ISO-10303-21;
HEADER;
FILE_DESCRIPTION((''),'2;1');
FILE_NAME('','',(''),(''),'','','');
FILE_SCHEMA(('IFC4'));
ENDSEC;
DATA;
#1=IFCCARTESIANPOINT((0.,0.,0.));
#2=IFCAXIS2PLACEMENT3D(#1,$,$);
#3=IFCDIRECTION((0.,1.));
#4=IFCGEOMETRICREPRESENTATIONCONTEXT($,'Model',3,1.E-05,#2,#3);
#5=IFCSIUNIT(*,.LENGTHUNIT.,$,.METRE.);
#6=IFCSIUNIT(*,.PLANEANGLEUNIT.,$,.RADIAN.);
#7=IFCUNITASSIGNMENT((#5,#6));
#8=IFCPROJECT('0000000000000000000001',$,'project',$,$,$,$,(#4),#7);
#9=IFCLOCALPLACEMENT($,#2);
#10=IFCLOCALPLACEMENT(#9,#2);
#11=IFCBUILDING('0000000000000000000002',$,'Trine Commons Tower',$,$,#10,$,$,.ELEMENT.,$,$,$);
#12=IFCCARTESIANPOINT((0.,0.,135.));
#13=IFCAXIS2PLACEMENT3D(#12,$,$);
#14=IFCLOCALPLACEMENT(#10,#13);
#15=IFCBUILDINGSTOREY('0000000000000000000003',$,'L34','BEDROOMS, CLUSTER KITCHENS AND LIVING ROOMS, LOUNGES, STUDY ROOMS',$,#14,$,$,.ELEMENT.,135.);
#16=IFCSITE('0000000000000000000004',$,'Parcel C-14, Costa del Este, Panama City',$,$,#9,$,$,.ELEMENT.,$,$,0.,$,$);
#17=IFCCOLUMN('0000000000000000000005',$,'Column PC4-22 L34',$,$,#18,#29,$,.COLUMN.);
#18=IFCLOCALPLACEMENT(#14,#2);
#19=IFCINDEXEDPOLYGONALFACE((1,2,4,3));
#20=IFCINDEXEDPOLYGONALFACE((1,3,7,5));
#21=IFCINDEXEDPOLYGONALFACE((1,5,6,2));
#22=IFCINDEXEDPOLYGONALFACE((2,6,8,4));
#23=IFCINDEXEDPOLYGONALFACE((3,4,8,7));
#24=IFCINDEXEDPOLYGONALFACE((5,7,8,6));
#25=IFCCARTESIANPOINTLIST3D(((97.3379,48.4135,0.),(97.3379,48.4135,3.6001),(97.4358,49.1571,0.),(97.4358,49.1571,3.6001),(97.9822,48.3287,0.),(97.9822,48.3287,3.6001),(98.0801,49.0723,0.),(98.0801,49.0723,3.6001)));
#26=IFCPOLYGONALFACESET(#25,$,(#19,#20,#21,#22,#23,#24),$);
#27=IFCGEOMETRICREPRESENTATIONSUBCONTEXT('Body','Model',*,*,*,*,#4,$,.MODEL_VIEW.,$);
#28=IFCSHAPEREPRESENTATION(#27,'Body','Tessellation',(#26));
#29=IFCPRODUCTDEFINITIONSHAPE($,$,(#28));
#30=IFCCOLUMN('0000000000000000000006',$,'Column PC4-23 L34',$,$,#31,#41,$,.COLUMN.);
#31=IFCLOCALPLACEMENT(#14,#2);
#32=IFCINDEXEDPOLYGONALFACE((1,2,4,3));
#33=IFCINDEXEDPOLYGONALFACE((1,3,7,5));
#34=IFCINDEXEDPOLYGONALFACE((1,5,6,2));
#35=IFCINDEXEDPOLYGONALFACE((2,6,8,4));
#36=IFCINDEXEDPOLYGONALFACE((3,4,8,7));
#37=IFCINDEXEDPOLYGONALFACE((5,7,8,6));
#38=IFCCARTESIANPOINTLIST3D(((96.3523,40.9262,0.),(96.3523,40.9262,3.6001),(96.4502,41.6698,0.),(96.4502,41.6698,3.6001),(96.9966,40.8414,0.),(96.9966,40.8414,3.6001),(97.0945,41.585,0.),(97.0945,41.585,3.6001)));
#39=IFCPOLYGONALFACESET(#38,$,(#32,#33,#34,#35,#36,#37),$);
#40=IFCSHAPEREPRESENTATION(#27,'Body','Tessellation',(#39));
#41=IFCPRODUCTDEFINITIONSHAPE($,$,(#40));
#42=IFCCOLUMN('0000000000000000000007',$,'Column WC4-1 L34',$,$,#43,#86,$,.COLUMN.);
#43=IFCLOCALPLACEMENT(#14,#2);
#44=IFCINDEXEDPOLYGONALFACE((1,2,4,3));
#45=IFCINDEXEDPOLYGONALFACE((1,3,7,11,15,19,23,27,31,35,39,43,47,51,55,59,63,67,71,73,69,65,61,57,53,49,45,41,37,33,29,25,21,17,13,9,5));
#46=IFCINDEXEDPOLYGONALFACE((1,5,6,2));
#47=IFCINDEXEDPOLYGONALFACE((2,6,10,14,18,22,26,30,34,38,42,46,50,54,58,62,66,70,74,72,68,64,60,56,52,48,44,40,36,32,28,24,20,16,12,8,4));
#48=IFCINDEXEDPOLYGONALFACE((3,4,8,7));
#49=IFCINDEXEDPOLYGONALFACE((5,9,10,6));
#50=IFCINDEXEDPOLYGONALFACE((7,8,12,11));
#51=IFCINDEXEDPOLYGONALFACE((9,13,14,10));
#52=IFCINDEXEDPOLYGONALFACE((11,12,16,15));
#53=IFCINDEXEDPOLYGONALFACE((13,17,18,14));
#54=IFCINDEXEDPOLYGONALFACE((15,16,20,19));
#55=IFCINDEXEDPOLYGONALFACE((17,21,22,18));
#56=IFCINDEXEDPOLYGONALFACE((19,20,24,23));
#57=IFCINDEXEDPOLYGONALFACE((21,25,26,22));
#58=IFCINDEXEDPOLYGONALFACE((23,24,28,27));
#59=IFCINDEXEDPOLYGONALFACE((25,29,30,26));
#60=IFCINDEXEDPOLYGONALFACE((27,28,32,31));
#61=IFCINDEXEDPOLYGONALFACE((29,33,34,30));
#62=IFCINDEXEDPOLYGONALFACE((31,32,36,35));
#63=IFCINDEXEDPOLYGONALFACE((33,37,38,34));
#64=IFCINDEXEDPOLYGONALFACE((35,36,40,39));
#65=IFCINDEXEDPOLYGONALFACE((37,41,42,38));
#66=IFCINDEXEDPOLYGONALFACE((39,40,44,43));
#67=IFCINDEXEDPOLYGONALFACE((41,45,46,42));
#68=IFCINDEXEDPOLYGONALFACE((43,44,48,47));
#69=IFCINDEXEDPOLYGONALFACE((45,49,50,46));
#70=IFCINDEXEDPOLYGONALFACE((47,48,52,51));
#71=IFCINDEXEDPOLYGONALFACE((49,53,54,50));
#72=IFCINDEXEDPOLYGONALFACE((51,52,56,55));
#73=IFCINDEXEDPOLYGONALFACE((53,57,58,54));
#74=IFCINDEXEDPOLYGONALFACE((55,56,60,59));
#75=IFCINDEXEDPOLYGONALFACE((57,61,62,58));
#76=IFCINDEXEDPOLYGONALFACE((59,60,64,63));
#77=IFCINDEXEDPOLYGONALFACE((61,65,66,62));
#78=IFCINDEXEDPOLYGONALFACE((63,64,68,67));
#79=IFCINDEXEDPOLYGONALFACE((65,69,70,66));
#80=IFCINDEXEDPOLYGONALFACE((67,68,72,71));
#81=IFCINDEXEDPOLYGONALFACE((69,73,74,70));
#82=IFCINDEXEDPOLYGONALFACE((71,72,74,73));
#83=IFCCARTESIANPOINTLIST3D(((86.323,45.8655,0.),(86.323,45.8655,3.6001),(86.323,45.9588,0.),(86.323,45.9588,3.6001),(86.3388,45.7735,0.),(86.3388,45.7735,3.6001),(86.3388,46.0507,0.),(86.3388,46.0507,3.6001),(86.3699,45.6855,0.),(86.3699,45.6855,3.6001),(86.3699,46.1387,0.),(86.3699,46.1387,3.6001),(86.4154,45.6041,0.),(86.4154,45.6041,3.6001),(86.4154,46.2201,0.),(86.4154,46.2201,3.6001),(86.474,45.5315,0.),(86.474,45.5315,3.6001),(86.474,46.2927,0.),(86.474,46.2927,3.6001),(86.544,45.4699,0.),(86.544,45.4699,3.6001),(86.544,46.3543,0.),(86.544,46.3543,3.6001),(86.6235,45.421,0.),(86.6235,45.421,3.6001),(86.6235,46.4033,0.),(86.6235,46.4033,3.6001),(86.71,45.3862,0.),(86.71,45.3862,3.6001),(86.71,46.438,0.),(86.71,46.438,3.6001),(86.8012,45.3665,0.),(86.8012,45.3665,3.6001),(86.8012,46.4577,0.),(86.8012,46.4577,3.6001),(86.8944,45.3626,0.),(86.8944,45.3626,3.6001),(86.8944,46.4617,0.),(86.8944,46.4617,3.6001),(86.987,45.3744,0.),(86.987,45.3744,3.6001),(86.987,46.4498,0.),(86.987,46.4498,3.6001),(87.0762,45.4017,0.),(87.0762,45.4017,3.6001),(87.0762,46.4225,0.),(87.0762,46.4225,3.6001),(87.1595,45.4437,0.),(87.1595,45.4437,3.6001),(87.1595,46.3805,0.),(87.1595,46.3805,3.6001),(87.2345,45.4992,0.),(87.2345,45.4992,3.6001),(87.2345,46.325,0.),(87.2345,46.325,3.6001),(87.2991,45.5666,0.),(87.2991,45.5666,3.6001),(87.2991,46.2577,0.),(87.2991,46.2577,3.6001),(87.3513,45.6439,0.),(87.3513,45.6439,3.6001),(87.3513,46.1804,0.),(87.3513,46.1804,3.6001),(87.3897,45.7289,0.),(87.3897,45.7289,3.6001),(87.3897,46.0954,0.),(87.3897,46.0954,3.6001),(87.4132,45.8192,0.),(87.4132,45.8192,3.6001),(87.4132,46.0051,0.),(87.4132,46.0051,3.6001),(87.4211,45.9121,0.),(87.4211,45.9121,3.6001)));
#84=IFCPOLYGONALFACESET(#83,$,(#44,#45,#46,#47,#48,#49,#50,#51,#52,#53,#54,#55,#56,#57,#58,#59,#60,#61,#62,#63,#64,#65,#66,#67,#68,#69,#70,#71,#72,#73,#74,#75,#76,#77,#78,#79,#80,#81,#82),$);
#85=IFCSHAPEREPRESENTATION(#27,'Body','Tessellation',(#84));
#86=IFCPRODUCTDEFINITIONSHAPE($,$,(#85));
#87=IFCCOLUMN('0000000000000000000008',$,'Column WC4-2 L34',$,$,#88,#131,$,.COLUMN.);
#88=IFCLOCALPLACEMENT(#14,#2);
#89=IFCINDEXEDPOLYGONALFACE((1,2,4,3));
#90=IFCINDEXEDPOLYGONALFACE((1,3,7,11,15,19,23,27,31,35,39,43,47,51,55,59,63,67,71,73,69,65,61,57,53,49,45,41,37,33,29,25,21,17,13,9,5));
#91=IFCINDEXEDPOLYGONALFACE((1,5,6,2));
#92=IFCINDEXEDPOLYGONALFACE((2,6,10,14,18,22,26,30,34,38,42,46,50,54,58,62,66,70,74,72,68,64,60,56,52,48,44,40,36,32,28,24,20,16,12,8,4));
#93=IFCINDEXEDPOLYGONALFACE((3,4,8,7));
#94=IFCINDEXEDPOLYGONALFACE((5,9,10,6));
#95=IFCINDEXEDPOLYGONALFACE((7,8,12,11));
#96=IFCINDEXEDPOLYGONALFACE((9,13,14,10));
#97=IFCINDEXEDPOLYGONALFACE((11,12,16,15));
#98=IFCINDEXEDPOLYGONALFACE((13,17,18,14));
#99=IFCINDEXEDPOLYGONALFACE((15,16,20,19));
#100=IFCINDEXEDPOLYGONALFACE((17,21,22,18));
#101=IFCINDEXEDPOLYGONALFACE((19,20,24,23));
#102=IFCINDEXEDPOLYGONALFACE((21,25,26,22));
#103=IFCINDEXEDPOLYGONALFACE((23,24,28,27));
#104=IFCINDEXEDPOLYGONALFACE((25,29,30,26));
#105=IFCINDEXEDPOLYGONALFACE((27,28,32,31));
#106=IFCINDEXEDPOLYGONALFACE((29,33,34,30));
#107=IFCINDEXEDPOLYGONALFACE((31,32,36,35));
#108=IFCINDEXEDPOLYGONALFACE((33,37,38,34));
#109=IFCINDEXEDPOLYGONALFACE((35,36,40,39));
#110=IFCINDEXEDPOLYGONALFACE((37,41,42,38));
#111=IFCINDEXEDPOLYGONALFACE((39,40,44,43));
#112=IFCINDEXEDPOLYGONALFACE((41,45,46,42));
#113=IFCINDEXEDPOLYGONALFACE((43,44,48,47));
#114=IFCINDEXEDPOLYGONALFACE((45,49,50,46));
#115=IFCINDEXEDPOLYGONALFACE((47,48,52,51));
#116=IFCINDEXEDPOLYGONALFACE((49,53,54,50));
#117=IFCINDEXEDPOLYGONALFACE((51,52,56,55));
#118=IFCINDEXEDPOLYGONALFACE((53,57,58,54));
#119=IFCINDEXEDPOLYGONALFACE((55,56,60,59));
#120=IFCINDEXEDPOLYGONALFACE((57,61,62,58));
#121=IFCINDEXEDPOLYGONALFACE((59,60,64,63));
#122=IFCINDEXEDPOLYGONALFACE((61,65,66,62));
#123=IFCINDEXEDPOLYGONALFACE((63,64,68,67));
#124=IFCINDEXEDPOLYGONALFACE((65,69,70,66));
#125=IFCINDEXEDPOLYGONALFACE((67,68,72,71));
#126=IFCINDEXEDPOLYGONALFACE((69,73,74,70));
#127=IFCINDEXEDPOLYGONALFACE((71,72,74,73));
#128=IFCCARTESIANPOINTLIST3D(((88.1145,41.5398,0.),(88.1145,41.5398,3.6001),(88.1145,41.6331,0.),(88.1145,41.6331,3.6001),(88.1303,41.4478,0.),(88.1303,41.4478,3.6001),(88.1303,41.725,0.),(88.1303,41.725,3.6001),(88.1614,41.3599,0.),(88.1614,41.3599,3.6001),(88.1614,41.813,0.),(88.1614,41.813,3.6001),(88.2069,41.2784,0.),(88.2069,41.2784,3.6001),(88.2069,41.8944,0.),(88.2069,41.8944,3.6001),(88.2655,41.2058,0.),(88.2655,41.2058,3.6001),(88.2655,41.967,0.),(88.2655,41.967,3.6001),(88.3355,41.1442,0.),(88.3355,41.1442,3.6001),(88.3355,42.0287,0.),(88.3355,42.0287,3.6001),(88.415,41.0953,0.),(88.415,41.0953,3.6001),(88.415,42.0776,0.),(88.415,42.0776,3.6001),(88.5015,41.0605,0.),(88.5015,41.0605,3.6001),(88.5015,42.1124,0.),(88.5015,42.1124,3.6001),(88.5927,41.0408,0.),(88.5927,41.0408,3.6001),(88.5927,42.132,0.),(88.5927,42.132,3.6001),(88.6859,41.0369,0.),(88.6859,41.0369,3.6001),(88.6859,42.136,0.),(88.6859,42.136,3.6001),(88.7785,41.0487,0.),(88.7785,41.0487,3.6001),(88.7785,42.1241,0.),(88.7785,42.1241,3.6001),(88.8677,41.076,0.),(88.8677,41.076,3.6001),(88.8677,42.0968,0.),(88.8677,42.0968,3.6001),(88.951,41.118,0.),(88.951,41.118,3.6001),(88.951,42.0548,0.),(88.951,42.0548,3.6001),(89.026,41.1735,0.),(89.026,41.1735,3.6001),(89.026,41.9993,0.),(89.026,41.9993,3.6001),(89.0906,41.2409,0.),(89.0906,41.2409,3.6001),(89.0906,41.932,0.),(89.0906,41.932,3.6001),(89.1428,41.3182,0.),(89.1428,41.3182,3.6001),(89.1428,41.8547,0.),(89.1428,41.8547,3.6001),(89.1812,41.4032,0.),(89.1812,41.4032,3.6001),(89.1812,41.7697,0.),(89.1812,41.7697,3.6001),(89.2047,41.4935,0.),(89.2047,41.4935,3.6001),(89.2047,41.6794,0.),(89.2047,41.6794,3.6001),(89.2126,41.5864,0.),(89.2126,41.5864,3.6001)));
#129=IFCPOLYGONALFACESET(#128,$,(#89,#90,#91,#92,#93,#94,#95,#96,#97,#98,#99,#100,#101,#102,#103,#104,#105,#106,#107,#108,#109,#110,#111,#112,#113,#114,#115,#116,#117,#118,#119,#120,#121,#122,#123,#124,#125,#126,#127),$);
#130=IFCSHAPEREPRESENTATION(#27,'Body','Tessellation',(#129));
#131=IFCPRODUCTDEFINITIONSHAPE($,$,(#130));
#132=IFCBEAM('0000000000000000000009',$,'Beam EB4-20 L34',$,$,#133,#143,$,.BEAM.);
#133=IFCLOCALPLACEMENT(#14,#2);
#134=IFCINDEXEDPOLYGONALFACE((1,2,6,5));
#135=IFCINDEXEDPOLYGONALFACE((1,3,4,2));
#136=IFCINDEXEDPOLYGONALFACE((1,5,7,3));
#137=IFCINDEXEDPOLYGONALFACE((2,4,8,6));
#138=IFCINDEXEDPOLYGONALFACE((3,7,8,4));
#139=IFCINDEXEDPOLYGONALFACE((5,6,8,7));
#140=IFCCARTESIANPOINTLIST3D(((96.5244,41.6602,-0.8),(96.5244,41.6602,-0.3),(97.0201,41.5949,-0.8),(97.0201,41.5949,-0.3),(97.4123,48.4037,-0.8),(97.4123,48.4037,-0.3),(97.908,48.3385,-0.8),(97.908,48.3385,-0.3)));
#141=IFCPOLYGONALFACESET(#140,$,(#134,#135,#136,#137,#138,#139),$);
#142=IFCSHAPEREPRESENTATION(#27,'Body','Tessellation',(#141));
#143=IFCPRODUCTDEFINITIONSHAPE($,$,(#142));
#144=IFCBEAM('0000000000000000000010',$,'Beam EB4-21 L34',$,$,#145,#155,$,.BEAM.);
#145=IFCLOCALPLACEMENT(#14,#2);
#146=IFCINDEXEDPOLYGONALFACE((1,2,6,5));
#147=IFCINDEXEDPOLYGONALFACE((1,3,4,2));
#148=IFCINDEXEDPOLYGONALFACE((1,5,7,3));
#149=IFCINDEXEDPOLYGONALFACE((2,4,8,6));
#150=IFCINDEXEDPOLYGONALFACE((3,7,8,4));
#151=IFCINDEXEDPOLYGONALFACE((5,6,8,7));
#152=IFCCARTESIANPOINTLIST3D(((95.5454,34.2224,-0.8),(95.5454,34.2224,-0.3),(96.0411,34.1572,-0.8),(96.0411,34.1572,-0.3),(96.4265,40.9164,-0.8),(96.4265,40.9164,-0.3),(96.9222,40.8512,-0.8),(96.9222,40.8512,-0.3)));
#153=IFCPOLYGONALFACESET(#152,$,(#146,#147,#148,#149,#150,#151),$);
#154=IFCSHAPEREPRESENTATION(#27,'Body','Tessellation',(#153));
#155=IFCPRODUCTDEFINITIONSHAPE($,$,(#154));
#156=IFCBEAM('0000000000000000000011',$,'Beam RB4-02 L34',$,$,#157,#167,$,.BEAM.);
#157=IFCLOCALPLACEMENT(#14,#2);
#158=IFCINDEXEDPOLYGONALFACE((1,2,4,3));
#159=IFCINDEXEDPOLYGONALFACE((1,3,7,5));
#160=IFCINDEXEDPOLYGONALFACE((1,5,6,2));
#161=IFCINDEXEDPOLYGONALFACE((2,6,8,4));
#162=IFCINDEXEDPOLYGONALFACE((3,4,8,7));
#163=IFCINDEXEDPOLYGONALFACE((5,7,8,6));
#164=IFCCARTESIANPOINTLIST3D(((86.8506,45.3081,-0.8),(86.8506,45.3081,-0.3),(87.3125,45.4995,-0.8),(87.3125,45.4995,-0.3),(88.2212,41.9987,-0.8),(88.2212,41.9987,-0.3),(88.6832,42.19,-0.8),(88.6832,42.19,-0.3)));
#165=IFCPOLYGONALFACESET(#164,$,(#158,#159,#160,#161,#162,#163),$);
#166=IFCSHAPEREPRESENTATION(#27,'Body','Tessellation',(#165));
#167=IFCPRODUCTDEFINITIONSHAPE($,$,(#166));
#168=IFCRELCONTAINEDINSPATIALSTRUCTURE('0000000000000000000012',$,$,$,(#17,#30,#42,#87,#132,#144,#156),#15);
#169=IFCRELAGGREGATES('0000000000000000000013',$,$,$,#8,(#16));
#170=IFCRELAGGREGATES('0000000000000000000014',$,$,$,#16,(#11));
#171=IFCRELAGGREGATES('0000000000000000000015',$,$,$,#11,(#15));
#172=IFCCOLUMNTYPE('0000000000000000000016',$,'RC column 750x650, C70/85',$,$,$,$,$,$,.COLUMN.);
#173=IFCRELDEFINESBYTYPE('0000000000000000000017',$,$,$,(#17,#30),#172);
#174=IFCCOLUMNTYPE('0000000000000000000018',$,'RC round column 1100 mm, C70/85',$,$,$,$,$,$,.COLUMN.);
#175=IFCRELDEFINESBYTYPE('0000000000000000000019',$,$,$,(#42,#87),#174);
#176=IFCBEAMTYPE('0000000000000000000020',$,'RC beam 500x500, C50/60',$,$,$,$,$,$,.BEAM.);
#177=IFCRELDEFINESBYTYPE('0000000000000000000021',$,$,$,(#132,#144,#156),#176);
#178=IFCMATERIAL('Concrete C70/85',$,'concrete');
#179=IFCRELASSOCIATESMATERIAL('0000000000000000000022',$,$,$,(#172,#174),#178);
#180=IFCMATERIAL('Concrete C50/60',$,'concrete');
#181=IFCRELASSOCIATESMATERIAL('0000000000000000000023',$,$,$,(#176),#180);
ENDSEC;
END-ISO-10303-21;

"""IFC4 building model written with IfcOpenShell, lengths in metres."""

from ifc_helpers import new_model, si_unit, direction, frame, origin, origin_2d, place, context, subcontext, project, spatial, rectangle, circle, extrude, material, material_profile, profile_set, type_object, element, save


model = new_model("IFC4")

# Units and contexts
model_context = context("Model", 3, precision=1e-05, world=origin(), true_north=direction((0.0, 1.0)))
body_context = subcontext(model_context, "Body", "Model", "MODEL_VIEW")
ifc_project = project(units=[si_unit("LENGTHUNIT", "METRE"), si_unit("PLANEANGLEUNIT", "RADIAN")], contexts=[model_context])

# Site, building, storey
site_placement = place(None, origin())
site = spatial("IfcSite", under=ifc_project, at=site_placement, Name="Parcel C-14, Costa del Este, Panama City", CompositionType="ELEMENT", RefElevation=0.0)
building_placement = place(site_placement, origin())
building = spatial("IfcBuilding", under=site, at=building_placement, Name="Trine Commons Tower", CompositionType="ELEMENT")
storey_placement = place(building_placement, frame((0.0, 0.0, 135.0)))
storey = spatial("IfcBuildingStorey", under=building, at=storey_placement, Name="L34", Description="BEDROOMS, CLUSTER KITCHENS AND LIVING ROOMS, LOUNGES, STUDY ROOMS", CompositionType="ELEMENT", Elevation=135.0)

# Columns
ifc_material_1 = material(Name="Concrete C70/85", Category="concrete")
ifc_material_profile_1 = material_profile(ifc_material_1, rectangle(XDim=0.75, YDim=0.6499, at=origin_2d()), Name="RC 750x650")
ifc_profile_set_1 = profile_set([ifc_material_profile_1], Name="Concrete C70/85")
column_type_1 = type_object("IfcColumnType", Name="RC column 750x650, C70/85", PredefinedType="COLUMN", material=ifc_profile_set_1)
for number, where, z_axis, x_axis, name in (
    (1, (97.709, 48.7429, 0.0), (0.0, 0.0, 1.0), (0.130526, 0.991445, 0.0), "Column PC4-22 L34"),
    (2, (96.7234, 41.2556, 0.0), (0.0, 0.0, 1.0), (0.130526, 0.991445, 0.0), "Column PC4-23 L34"),
):
    element("IfcColumn", number, at=place(storey_placement, frame(where, z_axis=z_axis, x_axis=x_axis)), inside=storey, type_object=column_type_1, Name=name, PredefinedType="COLUMN", context=body_context, shape_type="SweptSolid", body=[
        extrude(rectangle(XDim=0.75, YDim=0.6499, at=origin_2d()), origin(), (0.0, 0.0, 1.0), 3.6001),
    ])
ifc_material_profile_2 = material_profile(ifc_material_1, circle(Radius=0.55, at=origin_2d()), Name="RC round 1100")
ifc_profile_set_2 = profile_set([ifc_material_profile_2], Name="Concrete C70/85")
column_type_2 = type_object("IfcColumnType", Name="RC round column 1100 mm, C70/85", PredefinedType="COLUMN", material=ifc_profile_set_2)
for number, where, z_axis, x_axis, name in (
    (3, (86.8711, 45.9121, 0.0), (0.0, 0.0, 1.0), (1.0, 0.0, 0.0), "Column WC4-1 L34"),
    (4, (88.6626, 41.5864, 0.0), (0.0, 0.0, 1.0), (1.0, 0.0, 0.0), "Column WC4-2 L34"),
):
    element("IfcColumn", number, at=place(storey_placement, frame(where, z_axis=z_axis, x_axis=x_axis)), inside=storey, type_object=column_type_2, Name=name, PredefinedType="COLUMN", context=body_context, shape_type="SweptSolid", body=[
        extrude(circle(Radius=0.55, at=origin_2d()), origin(), (0.0, 0.0, 1.0), 3.6001),
    ])

# Beams
ifc_material_2 = material(Name="Concrete C50/60", Category="concrete")
ifc_material_profile_3 = material_profile(ifc_material_2, rectangle(XDim=0.5, YDim=0.5, at=origin_2d()), Name="RC 500x500")
ifc_profile_set_3 = profile_set([ifc_material_profile_3], Name="Concrete C50/60")
beam_type = type_object("IfcBeamType", Name="RC beam 500x500, C50/60", PredefinedType="BEAM", material=ifc_profile_set_3)
beam_1_placement = place(storey_placement, frame((97.6602, 48.3711, -0.55), z_axis=(-0.130544, -0.991443, 0.0), x_axis=(0.991443, -0.130544, 0.0)))
element("IfcBeam", 5, at=beam_1_placement, inside=storey, type_object=beam_type, Name="Beam EB4-20 L34", PredefinedType="BEAM", context=body_context, shape_type="SweptSolid", body=[
    extrude(rectangle(XDim=0.5, YDim=0.5, at=origin_2d()), origin(), (0.0, 0.0, 1.0), 6.8018),
])
beam_2_placement = place(storey_placement, frame((96.6743, 40.8838, -0.55), z_axis=(-0.130498, -0.991449, 0.0), x_axis=(0.991449, -0.130498, 0.0)))
element("IfcBeam", 6, at=beam_2_placement, inside=storey, type_object=beam_type, Name="Beam EB4-21 L34", PredefinedType="BEAM", context=body_context, shape_type="SweptSolid", body=[
    extrude(rectangle(XDim=0.5, YDim=0.5, at=origin_2d()), origin(), (0.0, 0.0, 1.0), 6.7517),
])
beam_3_placement = place(storey_placement, frame((87.0815, 45.4038, -0.55), z_axis=(0.382645, -0.923896, 0.0), x_axis=(0.923896, 0.382645, 0.0)))
element("IfcBeam", 7, at=beam_3_placement, inside=storey, type_object=beam_type, Name="Beam RB4-02 L34", PredefinedType="BEAM", context=body_context, shape_type="SweptSolid", body=[
    extrude(rectangle(XDim=0.5, YDim=0.5, at=origin_2d()), origin(), (0.0, 0.0, 1.0), 3.582),
])

save(model, "model.ifc")
